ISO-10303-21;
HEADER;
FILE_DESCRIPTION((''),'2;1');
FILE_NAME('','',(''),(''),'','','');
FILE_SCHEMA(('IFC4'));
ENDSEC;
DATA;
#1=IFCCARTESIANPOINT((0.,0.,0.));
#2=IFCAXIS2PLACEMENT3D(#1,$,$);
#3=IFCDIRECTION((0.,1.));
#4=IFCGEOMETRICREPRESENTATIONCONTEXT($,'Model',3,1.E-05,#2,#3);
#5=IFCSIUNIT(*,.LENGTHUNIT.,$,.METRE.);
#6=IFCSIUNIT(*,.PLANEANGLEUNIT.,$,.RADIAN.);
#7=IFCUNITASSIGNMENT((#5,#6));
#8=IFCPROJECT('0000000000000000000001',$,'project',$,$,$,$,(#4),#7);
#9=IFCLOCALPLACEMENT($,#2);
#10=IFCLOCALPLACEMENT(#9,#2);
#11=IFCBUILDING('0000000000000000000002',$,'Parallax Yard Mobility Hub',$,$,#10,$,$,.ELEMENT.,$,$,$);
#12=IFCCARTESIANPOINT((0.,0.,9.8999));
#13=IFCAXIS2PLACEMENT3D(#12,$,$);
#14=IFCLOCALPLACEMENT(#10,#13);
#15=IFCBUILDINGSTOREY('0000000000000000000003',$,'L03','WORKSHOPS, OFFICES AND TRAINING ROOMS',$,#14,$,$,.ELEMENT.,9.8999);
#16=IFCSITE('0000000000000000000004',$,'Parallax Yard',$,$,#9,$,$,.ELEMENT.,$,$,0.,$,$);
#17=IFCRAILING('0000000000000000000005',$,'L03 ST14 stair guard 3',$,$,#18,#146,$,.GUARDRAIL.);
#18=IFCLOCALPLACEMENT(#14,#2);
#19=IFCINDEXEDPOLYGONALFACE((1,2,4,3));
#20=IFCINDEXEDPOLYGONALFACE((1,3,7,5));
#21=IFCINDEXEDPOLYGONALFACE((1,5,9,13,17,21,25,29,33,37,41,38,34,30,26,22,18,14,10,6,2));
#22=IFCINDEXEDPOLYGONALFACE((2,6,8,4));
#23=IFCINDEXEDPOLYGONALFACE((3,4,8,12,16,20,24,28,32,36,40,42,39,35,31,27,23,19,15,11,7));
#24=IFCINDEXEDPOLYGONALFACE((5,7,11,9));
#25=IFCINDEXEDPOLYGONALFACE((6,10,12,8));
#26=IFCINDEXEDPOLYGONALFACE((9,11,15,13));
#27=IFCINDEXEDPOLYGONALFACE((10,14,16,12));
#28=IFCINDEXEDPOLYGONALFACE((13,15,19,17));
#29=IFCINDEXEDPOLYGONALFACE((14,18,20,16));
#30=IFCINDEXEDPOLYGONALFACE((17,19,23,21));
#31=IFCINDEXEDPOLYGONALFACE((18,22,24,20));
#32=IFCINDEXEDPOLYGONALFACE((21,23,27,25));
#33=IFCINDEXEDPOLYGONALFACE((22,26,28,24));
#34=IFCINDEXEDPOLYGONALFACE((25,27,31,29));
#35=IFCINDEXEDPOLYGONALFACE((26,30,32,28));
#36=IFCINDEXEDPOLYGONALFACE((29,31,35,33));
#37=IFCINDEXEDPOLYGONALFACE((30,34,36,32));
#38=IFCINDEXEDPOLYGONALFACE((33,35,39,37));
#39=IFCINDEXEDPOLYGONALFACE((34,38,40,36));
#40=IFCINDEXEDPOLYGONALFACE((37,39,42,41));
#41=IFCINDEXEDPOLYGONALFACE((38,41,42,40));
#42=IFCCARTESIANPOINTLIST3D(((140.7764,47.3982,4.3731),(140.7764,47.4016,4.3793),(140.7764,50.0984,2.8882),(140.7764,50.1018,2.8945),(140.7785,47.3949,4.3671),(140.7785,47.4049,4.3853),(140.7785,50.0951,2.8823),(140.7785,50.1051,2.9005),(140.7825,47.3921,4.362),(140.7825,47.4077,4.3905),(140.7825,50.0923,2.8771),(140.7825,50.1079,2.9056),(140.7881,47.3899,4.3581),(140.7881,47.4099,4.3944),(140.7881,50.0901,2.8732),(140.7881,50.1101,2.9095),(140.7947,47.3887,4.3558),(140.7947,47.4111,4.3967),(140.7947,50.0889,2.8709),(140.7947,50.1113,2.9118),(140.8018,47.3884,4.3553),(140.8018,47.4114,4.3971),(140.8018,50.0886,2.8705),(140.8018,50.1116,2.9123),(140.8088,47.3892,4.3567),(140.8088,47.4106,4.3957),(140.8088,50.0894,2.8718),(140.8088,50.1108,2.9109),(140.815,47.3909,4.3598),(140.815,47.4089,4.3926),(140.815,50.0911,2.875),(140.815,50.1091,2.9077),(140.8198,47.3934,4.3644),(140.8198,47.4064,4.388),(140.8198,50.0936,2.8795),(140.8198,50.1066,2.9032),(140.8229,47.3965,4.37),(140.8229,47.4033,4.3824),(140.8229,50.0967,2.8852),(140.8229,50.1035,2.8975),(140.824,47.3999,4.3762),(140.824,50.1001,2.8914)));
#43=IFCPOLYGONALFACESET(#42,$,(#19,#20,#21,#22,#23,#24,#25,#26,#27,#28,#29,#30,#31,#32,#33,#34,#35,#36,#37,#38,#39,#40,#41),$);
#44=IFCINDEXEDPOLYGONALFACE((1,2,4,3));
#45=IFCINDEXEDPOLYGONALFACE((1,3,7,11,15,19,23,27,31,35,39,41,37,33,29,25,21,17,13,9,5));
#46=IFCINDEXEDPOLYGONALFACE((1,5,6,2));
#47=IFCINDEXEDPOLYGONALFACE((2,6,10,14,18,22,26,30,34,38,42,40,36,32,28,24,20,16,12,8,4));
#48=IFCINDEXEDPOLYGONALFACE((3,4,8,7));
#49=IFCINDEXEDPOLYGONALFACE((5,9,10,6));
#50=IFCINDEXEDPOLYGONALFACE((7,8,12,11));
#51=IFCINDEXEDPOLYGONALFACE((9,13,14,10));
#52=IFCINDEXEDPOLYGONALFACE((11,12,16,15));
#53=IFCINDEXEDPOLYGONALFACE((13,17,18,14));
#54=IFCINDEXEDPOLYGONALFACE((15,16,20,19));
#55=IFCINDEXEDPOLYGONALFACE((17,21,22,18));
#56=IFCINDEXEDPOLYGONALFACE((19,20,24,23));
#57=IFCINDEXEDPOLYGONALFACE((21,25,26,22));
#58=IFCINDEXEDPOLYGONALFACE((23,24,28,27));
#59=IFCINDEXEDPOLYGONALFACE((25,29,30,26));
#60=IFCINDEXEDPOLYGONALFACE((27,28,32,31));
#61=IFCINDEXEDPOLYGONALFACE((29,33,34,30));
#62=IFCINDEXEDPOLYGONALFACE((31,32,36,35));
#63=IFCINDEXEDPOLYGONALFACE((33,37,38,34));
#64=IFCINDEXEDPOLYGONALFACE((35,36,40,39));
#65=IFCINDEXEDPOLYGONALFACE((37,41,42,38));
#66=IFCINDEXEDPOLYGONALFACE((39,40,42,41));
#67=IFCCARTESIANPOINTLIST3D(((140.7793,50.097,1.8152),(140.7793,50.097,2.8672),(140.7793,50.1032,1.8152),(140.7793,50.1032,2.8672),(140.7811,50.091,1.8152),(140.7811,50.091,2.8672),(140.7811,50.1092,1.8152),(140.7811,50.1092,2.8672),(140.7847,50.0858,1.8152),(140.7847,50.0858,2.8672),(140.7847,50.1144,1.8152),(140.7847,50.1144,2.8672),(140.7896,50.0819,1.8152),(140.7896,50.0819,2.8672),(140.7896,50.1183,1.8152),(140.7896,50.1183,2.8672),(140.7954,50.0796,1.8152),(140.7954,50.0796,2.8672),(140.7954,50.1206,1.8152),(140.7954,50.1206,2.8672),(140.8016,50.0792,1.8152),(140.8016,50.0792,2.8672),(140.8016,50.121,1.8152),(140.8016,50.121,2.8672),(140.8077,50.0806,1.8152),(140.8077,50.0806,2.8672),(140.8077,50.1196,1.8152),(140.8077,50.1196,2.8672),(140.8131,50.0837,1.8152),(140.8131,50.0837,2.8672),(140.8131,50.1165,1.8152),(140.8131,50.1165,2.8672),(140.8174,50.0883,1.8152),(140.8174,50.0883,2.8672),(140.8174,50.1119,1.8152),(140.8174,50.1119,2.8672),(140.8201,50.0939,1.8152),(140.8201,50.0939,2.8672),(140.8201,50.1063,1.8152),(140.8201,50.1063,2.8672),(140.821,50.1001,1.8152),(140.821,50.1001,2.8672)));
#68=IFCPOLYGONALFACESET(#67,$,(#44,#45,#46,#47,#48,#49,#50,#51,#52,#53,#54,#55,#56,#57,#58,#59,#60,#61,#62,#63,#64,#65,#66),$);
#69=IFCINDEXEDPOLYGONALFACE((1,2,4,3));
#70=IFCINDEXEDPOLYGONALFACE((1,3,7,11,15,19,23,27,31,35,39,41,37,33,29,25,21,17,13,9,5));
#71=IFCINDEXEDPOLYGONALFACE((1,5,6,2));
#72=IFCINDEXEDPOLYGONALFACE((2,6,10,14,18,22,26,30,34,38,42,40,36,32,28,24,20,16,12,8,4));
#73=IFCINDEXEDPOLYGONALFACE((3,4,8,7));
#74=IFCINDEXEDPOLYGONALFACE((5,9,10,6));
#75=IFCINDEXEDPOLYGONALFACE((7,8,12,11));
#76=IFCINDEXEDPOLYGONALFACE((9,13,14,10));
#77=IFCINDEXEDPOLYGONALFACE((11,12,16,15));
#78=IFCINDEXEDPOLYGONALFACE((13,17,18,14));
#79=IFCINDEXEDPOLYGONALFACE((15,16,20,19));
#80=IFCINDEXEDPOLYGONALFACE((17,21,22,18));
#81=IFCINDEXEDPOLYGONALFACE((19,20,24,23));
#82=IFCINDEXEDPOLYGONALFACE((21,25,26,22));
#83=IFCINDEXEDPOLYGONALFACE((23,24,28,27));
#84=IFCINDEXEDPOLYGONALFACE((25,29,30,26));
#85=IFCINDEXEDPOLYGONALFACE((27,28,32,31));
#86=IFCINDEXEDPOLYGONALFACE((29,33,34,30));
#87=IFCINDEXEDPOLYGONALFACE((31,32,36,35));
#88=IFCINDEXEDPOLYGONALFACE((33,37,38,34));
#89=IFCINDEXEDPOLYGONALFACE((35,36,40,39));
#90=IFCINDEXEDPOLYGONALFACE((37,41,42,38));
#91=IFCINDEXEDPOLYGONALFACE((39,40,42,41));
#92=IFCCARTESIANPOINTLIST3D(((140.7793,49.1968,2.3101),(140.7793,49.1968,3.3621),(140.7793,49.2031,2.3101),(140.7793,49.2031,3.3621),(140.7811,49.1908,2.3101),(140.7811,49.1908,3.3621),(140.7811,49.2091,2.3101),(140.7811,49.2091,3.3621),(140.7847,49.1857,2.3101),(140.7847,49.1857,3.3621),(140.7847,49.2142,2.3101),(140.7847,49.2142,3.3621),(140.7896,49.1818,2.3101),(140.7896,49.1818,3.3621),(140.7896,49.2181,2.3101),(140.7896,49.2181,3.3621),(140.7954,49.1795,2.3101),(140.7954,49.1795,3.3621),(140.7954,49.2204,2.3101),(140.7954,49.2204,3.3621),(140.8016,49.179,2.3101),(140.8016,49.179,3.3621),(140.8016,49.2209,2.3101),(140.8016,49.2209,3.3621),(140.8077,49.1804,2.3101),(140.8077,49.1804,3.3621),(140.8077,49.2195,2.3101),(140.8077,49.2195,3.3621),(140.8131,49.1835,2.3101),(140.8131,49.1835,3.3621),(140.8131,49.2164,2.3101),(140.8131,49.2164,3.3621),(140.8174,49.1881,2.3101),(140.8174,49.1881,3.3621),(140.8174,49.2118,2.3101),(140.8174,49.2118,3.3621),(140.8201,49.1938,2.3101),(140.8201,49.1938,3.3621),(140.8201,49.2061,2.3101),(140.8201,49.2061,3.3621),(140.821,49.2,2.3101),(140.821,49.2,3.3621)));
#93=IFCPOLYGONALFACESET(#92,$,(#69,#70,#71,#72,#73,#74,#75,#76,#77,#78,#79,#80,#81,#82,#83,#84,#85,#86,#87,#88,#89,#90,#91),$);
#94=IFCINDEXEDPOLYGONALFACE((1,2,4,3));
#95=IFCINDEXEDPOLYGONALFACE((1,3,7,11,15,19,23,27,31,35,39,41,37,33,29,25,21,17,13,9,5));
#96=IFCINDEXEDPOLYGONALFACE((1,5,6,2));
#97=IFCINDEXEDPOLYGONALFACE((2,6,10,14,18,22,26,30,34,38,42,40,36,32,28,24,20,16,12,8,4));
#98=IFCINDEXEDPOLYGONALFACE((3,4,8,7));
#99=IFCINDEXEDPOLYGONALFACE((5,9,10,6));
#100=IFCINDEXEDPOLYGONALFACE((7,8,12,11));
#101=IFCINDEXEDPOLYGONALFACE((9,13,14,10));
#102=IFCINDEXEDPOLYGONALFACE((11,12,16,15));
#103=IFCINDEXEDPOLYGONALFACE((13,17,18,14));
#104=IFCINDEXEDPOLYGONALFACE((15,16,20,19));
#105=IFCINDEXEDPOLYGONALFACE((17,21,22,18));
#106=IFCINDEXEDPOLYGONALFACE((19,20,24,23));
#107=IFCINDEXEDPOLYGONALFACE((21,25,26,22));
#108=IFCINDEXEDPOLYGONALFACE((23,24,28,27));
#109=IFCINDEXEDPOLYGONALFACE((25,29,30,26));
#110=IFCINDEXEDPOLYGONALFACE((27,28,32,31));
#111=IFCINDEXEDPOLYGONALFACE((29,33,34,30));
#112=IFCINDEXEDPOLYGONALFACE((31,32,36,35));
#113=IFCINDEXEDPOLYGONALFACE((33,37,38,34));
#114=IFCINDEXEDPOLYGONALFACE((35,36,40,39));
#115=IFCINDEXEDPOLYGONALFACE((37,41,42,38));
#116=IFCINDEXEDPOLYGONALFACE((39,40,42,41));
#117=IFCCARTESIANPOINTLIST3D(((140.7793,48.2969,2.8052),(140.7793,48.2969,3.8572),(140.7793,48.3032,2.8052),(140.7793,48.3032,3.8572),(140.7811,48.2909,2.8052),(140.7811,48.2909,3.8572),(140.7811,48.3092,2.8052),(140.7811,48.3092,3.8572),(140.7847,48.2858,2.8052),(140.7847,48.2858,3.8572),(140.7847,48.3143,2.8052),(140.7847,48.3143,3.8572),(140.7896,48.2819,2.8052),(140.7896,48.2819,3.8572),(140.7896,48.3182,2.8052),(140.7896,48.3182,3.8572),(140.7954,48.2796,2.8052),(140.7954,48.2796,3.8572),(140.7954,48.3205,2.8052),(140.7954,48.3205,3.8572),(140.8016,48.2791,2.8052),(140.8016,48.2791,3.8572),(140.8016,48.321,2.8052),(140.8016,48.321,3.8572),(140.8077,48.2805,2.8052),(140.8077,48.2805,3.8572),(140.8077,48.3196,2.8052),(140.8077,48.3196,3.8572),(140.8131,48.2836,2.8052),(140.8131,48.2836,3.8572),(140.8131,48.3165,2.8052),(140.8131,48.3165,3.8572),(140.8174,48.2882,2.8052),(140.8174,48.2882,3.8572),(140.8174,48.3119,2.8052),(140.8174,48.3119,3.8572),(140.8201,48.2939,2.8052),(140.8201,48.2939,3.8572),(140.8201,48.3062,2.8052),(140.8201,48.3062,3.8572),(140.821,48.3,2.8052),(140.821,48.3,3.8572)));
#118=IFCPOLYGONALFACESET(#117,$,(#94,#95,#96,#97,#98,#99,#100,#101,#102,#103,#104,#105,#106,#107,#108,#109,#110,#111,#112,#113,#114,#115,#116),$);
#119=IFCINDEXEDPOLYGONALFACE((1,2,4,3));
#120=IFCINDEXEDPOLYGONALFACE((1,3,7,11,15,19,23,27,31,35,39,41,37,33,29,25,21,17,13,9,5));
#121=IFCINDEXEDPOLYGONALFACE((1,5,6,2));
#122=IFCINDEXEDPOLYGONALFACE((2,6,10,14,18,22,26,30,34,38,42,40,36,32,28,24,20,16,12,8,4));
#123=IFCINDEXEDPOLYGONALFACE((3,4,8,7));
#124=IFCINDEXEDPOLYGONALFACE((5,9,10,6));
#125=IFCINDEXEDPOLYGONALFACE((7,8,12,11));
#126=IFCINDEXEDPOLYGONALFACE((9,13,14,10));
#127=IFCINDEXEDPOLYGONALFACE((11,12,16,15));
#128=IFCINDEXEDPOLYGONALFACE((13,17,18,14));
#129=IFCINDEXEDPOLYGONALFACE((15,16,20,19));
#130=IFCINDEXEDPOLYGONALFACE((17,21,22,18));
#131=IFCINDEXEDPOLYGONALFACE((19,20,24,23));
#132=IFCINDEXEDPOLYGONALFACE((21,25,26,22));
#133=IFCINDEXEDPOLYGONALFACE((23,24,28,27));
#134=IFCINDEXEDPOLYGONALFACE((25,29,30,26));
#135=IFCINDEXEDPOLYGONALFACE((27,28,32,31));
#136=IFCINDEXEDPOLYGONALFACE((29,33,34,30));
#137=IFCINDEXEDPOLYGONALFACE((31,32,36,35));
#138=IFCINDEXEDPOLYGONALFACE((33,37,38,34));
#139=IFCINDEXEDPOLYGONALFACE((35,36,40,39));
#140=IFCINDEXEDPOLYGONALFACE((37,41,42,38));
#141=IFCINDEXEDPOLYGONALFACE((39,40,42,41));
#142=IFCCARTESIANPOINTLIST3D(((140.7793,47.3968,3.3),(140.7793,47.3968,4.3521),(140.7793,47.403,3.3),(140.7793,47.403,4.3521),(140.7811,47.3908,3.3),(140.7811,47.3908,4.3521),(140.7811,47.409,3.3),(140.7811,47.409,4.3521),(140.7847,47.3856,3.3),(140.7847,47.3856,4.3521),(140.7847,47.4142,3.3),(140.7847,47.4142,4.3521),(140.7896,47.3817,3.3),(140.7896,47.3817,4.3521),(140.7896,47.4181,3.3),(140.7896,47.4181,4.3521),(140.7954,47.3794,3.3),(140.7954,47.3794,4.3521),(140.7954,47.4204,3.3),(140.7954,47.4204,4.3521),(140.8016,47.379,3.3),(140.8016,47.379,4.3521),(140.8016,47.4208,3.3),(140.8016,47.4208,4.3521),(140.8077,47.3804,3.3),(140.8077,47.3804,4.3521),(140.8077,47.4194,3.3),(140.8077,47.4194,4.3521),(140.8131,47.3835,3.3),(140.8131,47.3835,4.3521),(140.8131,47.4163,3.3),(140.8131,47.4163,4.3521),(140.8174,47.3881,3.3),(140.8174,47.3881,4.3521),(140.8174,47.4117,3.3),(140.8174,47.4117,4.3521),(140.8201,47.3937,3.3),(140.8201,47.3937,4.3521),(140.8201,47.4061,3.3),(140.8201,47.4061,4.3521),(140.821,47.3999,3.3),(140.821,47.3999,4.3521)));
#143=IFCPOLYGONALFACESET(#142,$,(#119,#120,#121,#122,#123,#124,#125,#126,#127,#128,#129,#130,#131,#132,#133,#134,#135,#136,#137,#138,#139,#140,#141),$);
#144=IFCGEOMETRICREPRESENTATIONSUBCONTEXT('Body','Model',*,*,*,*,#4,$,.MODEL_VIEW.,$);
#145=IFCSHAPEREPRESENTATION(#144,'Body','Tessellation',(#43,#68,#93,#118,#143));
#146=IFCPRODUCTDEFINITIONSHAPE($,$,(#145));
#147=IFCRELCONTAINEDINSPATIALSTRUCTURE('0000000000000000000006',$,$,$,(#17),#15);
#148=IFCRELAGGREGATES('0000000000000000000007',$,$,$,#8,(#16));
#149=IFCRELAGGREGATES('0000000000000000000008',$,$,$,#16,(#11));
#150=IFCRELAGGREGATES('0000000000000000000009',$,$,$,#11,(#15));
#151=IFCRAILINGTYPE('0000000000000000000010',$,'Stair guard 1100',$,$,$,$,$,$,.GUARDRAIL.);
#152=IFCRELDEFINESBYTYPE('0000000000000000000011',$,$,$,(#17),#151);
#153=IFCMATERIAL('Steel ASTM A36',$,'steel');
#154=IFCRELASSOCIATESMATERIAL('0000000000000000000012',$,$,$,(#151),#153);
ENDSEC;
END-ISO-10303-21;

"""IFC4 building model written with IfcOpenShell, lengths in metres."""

from ifc_helpers import new_model, si_unit, direction, frame, origin, origin_2d, place, context, subcontext, project, spatial, circle, extrude, material, type_object, element, save


model = new_model("IFC4")

# Units and contexts
model_context = context("Model", 3, precision=1e-05, world=origin(), true_north=direction((0.0, 1.0)))
body_context = subcontext(model_context, "Body", "Model", "MODEL_VIEW")
ifc_project = project(units=[si_unit("LENGTHUNIT", "METRE"), si_unit("PLANEANGLEUNIT", "RADIAN")], contexts=[model_context])

# Site, building, storey
site_placement = place(None, origin())
site = spatial("IfcSite", under=ifc_project, at=site_placement, Name="Parallax Yard", CompositionType="ELEMENT", RefElevation=0.0)
building_placement = place(site_placement, origin())
building = spatial("IfcBuilding", under=site, at=building_placement, Name="Parallax Yard Mobility Hub", CompositionType="ELEMENT")
storey_placement = place(building_placement, frame((0.0, 0.0, 9.8999)))
storey = spatial("IfcBuildingStorey", under=building, at=storey_placement, Name="L03", Description="WORKSHOPS, OFFICES AND TRAINING ROOMS", CompositionType="ELEMENT", Elevation=9.8999)

# Railing
ifc_material_1 = material(Name="Steel ASTM A36", Category="steel")
railing_type_1 = type_object("IfcRailingType", Name="Stair guard 1100", PredefinedType="GUARDRAIL", material=ifc_material_1)
railing_1_placement = place(storey_placement, frame((140.8, 50.1001, 1.8152)))
element("IfcRailing", 1, at=railing_1_placement, inside=storey, type_object=railing_type_1, Name="L03 ST14 stair guard 3", PredefinedType="GUARDRAIL", context=body_context, shape_type="SweptSolid", body=[
    extrude(circle(Radius=0.0239, at=origin_2d()), frame((0.0, 0.0, 1.0762), z_axis=(0.0, -0.876249, 0.481858), x_axis=(1.0, 0.0, 0.0)), (0.0, 0.0, 1.0), 3.0815),
    extrude(circle(Radius=0.021, at=origin_2d()), origin(), (0.0, 0.0, 1.0), 1.052),
    extrude(circle(Radius=0.021, at=origin_2d()), frame((0.0, -0.9001, 0.4949)), (0.0, 0.0, 1.0), 1.052),
    extrude(circle(Radius=0.021, at=origin_2d()), frame((0.0, -1.8, 0.99)), (0.0, 0.0, 1.0), 1.052),
    extrude(circle(Radius=0.021, at=origin_2d()), frame((0.0, -2.7002, 1.4849)), (0.0, 0.0, 1.0), 1.052),
])

save(model, "model.ifc")
